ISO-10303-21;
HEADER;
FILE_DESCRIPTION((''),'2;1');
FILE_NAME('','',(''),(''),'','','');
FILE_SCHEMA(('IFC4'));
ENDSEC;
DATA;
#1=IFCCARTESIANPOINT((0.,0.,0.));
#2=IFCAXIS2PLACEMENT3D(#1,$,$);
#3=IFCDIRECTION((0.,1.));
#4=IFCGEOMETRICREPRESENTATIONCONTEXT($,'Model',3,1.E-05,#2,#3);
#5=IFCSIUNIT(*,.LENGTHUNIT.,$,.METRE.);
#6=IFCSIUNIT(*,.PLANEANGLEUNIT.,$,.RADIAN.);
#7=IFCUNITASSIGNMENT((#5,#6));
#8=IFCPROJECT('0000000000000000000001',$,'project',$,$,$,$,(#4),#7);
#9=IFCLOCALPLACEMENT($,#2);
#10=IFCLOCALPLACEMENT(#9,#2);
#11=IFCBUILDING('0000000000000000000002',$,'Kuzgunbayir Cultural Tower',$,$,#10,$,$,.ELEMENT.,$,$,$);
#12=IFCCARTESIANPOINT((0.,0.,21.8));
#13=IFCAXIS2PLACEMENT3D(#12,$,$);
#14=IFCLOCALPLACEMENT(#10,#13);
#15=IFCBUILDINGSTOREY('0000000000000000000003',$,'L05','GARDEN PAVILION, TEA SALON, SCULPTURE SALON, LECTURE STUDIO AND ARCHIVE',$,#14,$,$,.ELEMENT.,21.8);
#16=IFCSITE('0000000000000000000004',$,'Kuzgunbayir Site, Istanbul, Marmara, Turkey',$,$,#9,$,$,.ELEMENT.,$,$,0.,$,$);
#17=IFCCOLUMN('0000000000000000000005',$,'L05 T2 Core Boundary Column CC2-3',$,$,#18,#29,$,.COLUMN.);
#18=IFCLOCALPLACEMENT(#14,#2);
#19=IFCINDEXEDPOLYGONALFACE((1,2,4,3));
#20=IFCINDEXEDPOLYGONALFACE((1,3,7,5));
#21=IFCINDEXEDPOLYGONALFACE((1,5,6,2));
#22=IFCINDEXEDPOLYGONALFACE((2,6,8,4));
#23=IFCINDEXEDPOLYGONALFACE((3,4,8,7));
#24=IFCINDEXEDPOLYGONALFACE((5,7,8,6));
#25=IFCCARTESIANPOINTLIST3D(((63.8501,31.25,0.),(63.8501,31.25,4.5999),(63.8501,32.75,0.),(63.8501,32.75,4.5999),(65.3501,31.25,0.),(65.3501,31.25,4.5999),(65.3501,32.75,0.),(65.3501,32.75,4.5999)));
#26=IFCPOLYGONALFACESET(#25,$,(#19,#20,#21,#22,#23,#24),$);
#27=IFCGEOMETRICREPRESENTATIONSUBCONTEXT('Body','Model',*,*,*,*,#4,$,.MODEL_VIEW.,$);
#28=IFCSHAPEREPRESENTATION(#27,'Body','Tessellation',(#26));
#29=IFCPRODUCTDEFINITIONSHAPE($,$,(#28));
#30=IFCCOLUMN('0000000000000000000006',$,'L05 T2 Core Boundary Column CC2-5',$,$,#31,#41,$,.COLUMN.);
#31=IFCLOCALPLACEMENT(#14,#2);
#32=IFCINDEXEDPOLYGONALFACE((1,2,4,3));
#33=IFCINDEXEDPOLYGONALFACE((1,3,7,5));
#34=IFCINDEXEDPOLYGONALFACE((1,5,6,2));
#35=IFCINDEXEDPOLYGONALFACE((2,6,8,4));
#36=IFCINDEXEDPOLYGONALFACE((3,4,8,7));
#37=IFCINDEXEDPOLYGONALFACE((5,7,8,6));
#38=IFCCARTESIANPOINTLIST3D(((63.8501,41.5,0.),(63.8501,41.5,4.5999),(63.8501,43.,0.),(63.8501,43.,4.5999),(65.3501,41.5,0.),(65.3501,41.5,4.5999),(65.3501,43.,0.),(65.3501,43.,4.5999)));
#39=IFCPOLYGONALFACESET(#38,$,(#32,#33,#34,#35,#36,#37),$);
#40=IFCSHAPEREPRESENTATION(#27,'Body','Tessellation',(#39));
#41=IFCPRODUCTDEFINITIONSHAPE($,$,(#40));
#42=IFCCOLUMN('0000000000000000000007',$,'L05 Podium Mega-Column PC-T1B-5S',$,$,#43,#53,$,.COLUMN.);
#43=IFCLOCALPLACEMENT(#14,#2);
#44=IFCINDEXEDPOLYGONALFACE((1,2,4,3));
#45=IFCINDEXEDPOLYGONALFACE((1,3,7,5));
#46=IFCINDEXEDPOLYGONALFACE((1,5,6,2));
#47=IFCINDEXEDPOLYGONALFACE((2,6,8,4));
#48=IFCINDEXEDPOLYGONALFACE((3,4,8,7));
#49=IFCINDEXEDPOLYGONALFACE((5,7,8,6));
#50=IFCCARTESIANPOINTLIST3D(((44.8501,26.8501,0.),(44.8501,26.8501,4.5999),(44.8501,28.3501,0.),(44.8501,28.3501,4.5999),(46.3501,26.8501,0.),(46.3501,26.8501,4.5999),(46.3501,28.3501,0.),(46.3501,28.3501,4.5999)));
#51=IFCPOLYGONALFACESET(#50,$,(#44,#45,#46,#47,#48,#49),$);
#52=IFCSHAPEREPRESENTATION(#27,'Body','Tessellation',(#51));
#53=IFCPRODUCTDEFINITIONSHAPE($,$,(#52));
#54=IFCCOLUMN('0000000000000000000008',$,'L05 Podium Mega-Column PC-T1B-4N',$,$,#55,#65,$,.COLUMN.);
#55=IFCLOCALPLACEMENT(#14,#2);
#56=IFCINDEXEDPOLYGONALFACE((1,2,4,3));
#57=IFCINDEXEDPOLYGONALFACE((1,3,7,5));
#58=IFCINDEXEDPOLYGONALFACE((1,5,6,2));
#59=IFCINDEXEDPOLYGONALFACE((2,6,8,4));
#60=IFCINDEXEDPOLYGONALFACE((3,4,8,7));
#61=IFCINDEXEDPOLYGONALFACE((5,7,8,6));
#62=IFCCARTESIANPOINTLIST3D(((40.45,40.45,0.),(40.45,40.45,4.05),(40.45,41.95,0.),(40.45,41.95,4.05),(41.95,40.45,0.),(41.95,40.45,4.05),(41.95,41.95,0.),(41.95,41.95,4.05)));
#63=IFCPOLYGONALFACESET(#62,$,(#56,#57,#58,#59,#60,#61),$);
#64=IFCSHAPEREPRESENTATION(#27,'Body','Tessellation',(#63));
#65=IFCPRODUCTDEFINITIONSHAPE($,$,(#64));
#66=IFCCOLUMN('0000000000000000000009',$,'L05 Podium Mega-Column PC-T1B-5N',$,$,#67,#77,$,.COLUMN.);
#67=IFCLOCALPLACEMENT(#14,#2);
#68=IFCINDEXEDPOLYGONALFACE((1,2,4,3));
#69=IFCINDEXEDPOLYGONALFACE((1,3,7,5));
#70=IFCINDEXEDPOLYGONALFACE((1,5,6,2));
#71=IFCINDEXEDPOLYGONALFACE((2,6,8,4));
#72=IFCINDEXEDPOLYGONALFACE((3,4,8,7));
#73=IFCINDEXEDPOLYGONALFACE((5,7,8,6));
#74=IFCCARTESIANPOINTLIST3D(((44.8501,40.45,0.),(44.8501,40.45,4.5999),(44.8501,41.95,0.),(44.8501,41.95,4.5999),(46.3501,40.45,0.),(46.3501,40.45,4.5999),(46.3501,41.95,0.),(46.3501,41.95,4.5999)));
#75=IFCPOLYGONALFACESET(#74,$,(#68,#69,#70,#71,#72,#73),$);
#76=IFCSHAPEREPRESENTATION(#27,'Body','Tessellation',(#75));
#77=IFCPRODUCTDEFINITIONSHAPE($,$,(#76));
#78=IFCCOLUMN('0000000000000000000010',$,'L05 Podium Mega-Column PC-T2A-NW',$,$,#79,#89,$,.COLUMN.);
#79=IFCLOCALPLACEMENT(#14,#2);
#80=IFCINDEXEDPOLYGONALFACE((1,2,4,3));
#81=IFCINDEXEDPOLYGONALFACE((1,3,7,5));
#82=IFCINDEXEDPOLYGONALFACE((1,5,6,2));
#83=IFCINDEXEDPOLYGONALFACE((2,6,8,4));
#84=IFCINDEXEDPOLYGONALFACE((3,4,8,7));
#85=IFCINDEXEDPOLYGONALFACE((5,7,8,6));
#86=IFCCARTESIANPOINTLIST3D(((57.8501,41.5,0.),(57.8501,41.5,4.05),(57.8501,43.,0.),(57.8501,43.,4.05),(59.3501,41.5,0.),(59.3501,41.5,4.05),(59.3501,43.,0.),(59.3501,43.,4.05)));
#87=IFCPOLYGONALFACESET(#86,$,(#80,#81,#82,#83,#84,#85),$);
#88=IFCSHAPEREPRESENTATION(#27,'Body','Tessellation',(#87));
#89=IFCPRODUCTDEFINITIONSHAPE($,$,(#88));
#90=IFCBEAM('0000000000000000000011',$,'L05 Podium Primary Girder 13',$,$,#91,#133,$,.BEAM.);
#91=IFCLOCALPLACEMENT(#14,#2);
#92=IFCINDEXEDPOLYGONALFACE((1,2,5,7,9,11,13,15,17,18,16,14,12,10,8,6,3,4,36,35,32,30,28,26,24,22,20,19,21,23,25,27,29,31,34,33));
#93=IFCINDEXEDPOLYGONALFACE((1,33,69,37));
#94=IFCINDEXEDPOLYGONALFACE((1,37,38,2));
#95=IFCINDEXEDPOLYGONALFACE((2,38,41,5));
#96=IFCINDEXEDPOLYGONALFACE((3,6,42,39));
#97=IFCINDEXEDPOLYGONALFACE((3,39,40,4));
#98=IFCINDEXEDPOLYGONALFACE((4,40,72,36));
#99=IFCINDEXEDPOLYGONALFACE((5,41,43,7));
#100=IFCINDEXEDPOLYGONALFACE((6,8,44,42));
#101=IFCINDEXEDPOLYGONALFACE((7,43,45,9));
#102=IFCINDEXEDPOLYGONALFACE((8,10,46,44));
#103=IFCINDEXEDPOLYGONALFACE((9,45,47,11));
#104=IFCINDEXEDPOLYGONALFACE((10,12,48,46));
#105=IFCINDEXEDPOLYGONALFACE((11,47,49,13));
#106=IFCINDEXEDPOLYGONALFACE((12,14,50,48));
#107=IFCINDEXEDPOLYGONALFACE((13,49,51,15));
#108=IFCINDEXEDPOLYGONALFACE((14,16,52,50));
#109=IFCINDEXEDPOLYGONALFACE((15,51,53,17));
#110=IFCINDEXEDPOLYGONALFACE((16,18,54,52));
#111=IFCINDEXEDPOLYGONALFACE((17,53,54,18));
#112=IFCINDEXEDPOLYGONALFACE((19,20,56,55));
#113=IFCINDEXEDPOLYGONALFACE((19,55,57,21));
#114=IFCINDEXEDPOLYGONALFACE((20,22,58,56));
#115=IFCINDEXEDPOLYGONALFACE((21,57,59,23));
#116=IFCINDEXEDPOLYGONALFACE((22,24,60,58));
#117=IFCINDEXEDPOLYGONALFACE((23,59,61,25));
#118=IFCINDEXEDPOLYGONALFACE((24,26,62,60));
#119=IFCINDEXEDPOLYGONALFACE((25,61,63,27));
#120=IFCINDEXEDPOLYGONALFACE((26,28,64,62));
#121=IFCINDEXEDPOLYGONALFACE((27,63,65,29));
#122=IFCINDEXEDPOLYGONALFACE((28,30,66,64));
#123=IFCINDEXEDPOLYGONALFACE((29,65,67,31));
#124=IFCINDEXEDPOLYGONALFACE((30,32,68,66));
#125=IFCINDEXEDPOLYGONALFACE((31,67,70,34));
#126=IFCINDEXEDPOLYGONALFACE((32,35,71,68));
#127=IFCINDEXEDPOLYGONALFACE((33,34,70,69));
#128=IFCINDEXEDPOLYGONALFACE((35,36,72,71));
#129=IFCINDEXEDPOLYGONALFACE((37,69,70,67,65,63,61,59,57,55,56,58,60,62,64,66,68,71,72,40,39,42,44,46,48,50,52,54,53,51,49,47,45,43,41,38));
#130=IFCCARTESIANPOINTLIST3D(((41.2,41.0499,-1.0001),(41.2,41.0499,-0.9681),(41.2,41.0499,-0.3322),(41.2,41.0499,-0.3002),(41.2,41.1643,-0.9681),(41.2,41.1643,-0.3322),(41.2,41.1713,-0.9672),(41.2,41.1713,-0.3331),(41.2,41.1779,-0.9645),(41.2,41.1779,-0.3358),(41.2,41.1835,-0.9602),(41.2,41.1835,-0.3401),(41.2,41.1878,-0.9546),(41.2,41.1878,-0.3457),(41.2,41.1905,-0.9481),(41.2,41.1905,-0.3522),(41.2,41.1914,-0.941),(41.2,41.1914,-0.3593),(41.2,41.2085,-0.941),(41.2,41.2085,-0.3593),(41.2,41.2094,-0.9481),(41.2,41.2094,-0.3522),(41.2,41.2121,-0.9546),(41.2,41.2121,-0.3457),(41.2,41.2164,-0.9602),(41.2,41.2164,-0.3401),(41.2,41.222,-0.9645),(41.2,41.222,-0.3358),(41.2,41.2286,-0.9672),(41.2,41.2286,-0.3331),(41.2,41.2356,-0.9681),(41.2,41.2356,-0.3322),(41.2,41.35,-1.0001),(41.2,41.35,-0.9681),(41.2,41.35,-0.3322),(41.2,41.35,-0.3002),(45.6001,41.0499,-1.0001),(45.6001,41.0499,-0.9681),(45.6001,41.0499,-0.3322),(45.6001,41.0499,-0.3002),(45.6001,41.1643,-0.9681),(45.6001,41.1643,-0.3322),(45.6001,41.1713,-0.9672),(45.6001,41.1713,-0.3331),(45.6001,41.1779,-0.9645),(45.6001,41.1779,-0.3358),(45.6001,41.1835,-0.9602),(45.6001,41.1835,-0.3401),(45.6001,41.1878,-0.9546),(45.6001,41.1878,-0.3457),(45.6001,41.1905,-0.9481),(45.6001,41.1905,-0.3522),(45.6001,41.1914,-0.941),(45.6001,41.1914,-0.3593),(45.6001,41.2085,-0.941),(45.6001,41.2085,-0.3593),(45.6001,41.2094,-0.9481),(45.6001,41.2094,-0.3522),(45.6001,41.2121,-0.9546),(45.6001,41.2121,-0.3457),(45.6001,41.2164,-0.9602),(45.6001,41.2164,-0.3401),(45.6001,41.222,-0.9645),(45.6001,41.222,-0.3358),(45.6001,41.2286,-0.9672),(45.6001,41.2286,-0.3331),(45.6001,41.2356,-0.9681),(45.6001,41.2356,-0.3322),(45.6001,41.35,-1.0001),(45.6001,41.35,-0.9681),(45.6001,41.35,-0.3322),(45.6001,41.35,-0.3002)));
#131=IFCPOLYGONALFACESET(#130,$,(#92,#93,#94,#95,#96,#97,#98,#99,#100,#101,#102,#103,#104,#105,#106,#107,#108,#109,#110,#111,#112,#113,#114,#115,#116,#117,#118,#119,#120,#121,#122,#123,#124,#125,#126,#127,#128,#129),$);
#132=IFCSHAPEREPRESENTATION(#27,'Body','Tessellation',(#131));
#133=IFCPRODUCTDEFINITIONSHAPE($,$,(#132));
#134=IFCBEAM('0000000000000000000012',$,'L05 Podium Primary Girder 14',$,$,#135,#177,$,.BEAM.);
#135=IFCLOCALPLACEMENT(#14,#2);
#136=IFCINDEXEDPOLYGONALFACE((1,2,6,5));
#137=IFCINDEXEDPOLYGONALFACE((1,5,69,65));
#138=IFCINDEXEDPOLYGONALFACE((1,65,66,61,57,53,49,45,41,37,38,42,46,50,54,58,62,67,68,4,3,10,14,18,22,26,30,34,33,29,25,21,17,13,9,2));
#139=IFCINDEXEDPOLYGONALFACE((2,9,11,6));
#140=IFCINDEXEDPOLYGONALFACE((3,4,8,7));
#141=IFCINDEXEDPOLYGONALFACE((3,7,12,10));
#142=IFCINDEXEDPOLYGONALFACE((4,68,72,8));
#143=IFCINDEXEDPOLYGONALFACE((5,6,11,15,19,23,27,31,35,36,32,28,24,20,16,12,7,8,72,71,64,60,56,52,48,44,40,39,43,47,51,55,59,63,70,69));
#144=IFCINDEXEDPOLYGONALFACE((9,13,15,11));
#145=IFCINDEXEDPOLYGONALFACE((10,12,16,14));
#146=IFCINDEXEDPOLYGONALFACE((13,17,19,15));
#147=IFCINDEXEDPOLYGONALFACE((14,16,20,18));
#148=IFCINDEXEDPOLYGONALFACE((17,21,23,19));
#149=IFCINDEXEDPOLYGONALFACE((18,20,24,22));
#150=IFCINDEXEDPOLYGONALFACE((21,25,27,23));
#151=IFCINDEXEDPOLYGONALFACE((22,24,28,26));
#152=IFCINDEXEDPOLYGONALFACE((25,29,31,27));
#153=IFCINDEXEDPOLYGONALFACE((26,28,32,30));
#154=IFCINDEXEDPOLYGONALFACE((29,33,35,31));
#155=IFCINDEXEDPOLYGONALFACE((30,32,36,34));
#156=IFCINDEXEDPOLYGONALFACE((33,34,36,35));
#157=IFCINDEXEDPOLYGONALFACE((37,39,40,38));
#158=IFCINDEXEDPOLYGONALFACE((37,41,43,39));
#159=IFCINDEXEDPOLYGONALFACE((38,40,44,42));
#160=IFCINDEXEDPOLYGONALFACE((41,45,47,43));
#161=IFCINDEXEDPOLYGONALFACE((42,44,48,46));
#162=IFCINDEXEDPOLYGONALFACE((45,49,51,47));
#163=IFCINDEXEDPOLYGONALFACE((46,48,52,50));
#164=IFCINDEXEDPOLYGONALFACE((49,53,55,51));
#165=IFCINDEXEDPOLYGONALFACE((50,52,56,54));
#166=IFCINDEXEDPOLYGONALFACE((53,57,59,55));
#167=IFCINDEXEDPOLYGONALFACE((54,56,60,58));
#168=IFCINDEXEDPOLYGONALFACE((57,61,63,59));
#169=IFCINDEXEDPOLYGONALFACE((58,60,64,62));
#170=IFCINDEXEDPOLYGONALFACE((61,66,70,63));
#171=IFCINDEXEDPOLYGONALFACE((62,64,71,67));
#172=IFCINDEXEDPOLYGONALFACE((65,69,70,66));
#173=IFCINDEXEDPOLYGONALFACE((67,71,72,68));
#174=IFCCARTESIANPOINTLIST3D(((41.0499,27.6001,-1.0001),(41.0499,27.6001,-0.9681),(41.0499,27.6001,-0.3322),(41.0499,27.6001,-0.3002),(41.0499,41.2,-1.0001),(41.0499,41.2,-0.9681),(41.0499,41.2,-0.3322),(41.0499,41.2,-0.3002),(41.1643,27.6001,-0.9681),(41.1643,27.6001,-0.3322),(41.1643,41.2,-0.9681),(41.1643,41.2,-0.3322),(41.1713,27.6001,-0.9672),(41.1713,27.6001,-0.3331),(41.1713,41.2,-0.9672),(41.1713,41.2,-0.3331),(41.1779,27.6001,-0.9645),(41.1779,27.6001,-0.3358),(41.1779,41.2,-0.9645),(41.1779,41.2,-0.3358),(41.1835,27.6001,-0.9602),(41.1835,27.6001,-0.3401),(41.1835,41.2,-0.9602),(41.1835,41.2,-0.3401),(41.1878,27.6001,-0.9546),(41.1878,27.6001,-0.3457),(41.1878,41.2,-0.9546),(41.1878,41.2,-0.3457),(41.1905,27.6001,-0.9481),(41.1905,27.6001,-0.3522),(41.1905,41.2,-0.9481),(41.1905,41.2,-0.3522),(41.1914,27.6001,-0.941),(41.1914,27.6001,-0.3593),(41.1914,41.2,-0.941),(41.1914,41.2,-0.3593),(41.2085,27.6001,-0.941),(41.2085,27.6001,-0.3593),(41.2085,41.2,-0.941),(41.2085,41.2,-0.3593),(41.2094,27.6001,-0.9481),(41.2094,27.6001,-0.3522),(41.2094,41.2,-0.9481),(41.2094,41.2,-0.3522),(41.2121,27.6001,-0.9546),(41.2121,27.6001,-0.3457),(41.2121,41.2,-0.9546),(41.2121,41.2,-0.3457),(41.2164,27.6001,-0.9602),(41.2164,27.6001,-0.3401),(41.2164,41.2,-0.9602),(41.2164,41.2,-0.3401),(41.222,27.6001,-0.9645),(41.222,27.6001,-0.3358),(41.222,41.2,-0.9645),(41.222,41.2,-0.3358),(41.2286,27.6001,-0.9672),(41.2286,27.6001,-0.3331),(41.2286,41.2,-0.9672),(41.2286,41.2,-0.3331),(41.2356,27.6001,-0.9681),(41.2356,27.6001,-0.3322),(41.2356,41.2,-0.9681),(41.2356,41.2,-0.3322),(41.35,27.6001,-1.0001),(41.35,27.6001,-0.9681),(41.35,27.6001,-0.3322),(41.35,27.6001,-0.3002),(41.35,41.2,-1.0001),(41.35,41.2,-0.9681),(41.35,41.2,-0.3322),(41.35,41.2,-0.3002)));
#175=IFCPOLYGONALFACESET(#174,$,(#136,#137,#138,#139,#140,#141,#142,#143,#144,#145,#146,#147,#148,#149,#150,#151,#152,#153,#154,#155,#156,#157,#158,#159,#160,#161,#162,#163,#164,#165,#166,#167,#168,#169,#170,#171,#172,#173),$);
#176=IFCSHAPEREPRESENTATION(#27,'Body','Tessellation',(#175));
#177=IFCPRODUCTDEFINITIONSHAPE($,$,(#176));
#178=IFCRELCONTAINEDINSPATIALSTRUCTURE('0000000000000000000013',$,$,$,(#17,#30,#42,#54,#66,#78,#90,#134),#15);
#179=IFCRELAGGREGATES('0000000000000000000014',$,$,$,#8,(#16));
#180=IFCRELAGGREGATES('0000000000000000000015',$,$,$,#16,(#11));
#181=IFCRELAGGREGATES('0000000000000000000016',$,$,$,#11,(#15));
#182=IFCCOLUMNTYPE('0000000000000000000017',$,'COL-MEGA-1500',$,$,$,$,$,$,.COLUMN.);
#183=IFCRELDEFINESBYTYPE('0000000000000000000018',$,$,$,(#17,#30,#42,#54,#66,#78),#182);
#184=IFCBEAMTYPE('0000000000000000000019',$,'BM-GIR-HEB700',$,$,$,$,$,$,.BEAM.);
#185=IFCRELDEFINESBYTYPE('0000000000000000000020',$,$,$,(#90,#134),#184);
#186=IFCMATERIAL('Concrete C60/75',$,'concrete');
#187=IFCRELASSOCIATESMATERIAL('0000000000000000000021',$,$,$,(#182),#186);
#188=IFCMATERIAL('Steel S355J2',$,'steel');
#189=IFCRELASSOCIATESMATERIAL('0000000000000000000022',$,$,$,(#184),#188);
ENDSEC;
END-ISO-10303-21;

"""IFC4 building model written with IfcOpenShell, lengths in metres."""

from ifc_helpers import new_model, si_unit, direction, frame, origin, origin_2d, place, context, subcontext, project, spatial, rectangle, i_section, extrude, material, material_profile, profile_set, type_object, element, save


model = new_model("IFC4")

# Units and contexts
model_context = context("Model", 3, precision=1e-05, world=origin(), true_north=direction((0.0, 1.0)))
body_context = subcontext(model_context, "Body", "Model", "MODEL_VIEW")
ifc_project = project(units=[si_unit("LENGTHUNIT", "METRE"), si_unit("PLANEANGLEUNIT", "RADIAN")], contexts=[model_context])

# Site, building, storey
site_placement = place(None, origin())
site = spatial("IfcSite", under=ifc_project, at=site_placement, Name="Kuzgunbayir Site, Istanbul, Marmara, Turkey", CompositionType="ELEMENT", RefElevation=0.0)
building_placement = place(site_placement, origin())
building = spatial("IfcBuilding", under=site, at=building_placement, Name="Kuzgunbayir Cultural Tower", CompositionType="ELEMENT")
storey_placement = place(building_placement, frame((0.0, 0.0, 21.8)))
storey = spatial("IfcBuildingStorey", under=building, at=storey_placement, Name="L05", Description="GARDEN PAVILION, TEA SALON, SCULPTURE SALON, LECTURE STUDIO AND ARCHIVE", CompositionType="ELEMENT", Elevation=21.8)

# Columns
ifc_material_1 = material(Name="Concrete C60/75", Category="concrete")
ifc_material_profile_1 = material_profile(ifc_material_1, rectangle(XDim=1.5, YDim=1.5, at=origin_2d()), Name="RC 1500x1500")
ifc_profile_set_1 = profile_set([ifc_material_profile_1], Name="Concrete C60/75")
column_type = type_object("IfcColumnType", Name="COL-MEGA-1500", PredefinedType="COLUMN", material=ifc_profile_set_1)
for number, where, z_axis, x_axis, name in (
    (1, (64.6001, 32.0, 0.0), (0.0, 0.0, 1.0), (1.0, 0.0, 0.0), "L05 T2 Core Boundary Column CC2-3"),
    (2, (64.6001, 42.25, 0.0), (0.0, 0.0, 1.0), (1.0, 0.0, 0.0), "L05 T2 Core Boundary Column CC2-5"),
    (3, (45.6001, 27.6001, 0.0), (0.0, 0.0, 1.0), (1.0, 0.0, 0.0), "L05 Podium Mega-Column PC-T1B-5S"),
):
    element("IfcColumn", number, at=place(storey_placement, frame(where, z_axis=z_axis, x_axis=x_axis)), inside=storey, type_object=column_type, Name=name, PredefinedType="COLUMN", context=body_context, shape_type="SweptSolid", body=[
        extrude(rectangle(XDim=1.5, YDim=1.5, at=origin_2d()), origin(), (0.0, 0.0, 1.0), 4.5999),
    ])
column_1_placement = place(storey_placement, frame((41.2, 41.2, 0.0), z_axis=(0.0, 0.0, 1.0), x_axis=(1.0, 0.0, 0.0)))
element("IfcColumn", 4, at=column_1_placement, inside=storey, type_object=column_type, Name="L05 Podium Mega-Column PC-T1B-4N", PredefinedType="COLUMN", context=body_context, shape_type="SweptSolid", body=[
    extrude(rectangle(XDim=1.5, YDim=1.5, at=origin_2d()), origin(), (0.0, 0.0, 1.0), 4.05),
])
column_2_placement = place(storey_placement, frame((45.6001, 41.2, 0.0), z_axis=(0.0, 0.0, 1.0), x_axis=(1.0, 0.0, 0.0)))
element("IfcColumn", 5, at=column_2_placement, inside=storey, type_object=column_type, Name="L05 Podium Mega-Column PC-T1B-5N", PredefinedType="COLUMN", context=body_context, shape_type="SweptSolid", body=[
    extrude(rectangle(XDim=1.5, YDim=1.5, at=origin_2d()), origin(), (0.0, 0.0, 1.0), 4.5999),
])
column_3_placement = place(storey_placement, frame((58.6001, 42.25, 0.0), z_axis=(0.0, 0.0, 1.0), x_axis=(1.0, 0.0, 0.0)))
element("IfcColumn", 6, at=column_3_placement, inside=storey, type_object=column_type, Name="L05 Podium Mega-Column PC-T2A-NW", PredefinedType="COLUMN", context=body_context, shape_type="SweptSolid", body=[
    extrude(rectangle(XDim=1.5, YDim=1.5, at=origin_2d()), origin(), (0.0, 0.0, 1.0), 4.05),
])

# Beams
ifc_material_2 = material(Name="Steel S355J2", Category="steel")
ifc_material_profile_2 = material_profile(ifc_material_2, i_section(OverallWidth=0.3, OverallDepth=0.7, WebThickness=0.0171, FlangeThickness=0.032, FilletRadius=0.0271, at=origin_2d()), Name="HEB 700")
ifc_profile_set_2 = profile_set([ifc_material_profile_2], Name="Steel S355J2")
beam_type_1 = type_object("IfcBeamType", Name="BM-GIR-HEB700", PredefinedType="BEAM", material=ifc_profile_set_2)
beam_1_placement = place(storey_placement, frame((41.2, 41.2, -0.6501), z_axis=(1.0, 0.0, 0.0), x_axis=(0.0, 1.0, 0.0)))
element("IfcBeam", 7, at=beam_1_placement, inside=storey, type_object=beam_type_1, Name="L05 Podium Primary Girder 13", PredefinedType="BEAM", context=body_context, shape_type="SweptSolid", body=[
    extrude(i_section(OverallWidth=0.3, OverallDepth=0.7, WebThickness=0.0171, FlangeThickness=0.032, FilletRadius=0.0271, at=origin_2d()), origin(), (0.0, 0.0, 1.0), 4.4001),
])
for number, where, z_axis, x_axis, name in (
    (8, (41.2, 27.6001, -0.6501), (0.0, 1.0, 0.0), (-1.0, 0.0, 0.0), "L05 Podium Primary Girder 14"),
):
    element("IfcBeam", number, at=place(storey_placement, frame(where, z_axis=z_axis, x_axis=x_axis)), inside=storey, type_object=beam_type_1, Name=name, PredefinedType="BEAM", context=body_context, shape_type="SweptSolid", body=[
        extrude(i_section(OverallWidth=0.3, OverallDepth=0.7, WebThickness=0.0171, FlangeThickness=0.032, FilletRadius=0.0271, at=origin_2d()), origin(), (0.0, 0.0, 1.0), 13.5999),
    ])

save(model, "model.ifc")
